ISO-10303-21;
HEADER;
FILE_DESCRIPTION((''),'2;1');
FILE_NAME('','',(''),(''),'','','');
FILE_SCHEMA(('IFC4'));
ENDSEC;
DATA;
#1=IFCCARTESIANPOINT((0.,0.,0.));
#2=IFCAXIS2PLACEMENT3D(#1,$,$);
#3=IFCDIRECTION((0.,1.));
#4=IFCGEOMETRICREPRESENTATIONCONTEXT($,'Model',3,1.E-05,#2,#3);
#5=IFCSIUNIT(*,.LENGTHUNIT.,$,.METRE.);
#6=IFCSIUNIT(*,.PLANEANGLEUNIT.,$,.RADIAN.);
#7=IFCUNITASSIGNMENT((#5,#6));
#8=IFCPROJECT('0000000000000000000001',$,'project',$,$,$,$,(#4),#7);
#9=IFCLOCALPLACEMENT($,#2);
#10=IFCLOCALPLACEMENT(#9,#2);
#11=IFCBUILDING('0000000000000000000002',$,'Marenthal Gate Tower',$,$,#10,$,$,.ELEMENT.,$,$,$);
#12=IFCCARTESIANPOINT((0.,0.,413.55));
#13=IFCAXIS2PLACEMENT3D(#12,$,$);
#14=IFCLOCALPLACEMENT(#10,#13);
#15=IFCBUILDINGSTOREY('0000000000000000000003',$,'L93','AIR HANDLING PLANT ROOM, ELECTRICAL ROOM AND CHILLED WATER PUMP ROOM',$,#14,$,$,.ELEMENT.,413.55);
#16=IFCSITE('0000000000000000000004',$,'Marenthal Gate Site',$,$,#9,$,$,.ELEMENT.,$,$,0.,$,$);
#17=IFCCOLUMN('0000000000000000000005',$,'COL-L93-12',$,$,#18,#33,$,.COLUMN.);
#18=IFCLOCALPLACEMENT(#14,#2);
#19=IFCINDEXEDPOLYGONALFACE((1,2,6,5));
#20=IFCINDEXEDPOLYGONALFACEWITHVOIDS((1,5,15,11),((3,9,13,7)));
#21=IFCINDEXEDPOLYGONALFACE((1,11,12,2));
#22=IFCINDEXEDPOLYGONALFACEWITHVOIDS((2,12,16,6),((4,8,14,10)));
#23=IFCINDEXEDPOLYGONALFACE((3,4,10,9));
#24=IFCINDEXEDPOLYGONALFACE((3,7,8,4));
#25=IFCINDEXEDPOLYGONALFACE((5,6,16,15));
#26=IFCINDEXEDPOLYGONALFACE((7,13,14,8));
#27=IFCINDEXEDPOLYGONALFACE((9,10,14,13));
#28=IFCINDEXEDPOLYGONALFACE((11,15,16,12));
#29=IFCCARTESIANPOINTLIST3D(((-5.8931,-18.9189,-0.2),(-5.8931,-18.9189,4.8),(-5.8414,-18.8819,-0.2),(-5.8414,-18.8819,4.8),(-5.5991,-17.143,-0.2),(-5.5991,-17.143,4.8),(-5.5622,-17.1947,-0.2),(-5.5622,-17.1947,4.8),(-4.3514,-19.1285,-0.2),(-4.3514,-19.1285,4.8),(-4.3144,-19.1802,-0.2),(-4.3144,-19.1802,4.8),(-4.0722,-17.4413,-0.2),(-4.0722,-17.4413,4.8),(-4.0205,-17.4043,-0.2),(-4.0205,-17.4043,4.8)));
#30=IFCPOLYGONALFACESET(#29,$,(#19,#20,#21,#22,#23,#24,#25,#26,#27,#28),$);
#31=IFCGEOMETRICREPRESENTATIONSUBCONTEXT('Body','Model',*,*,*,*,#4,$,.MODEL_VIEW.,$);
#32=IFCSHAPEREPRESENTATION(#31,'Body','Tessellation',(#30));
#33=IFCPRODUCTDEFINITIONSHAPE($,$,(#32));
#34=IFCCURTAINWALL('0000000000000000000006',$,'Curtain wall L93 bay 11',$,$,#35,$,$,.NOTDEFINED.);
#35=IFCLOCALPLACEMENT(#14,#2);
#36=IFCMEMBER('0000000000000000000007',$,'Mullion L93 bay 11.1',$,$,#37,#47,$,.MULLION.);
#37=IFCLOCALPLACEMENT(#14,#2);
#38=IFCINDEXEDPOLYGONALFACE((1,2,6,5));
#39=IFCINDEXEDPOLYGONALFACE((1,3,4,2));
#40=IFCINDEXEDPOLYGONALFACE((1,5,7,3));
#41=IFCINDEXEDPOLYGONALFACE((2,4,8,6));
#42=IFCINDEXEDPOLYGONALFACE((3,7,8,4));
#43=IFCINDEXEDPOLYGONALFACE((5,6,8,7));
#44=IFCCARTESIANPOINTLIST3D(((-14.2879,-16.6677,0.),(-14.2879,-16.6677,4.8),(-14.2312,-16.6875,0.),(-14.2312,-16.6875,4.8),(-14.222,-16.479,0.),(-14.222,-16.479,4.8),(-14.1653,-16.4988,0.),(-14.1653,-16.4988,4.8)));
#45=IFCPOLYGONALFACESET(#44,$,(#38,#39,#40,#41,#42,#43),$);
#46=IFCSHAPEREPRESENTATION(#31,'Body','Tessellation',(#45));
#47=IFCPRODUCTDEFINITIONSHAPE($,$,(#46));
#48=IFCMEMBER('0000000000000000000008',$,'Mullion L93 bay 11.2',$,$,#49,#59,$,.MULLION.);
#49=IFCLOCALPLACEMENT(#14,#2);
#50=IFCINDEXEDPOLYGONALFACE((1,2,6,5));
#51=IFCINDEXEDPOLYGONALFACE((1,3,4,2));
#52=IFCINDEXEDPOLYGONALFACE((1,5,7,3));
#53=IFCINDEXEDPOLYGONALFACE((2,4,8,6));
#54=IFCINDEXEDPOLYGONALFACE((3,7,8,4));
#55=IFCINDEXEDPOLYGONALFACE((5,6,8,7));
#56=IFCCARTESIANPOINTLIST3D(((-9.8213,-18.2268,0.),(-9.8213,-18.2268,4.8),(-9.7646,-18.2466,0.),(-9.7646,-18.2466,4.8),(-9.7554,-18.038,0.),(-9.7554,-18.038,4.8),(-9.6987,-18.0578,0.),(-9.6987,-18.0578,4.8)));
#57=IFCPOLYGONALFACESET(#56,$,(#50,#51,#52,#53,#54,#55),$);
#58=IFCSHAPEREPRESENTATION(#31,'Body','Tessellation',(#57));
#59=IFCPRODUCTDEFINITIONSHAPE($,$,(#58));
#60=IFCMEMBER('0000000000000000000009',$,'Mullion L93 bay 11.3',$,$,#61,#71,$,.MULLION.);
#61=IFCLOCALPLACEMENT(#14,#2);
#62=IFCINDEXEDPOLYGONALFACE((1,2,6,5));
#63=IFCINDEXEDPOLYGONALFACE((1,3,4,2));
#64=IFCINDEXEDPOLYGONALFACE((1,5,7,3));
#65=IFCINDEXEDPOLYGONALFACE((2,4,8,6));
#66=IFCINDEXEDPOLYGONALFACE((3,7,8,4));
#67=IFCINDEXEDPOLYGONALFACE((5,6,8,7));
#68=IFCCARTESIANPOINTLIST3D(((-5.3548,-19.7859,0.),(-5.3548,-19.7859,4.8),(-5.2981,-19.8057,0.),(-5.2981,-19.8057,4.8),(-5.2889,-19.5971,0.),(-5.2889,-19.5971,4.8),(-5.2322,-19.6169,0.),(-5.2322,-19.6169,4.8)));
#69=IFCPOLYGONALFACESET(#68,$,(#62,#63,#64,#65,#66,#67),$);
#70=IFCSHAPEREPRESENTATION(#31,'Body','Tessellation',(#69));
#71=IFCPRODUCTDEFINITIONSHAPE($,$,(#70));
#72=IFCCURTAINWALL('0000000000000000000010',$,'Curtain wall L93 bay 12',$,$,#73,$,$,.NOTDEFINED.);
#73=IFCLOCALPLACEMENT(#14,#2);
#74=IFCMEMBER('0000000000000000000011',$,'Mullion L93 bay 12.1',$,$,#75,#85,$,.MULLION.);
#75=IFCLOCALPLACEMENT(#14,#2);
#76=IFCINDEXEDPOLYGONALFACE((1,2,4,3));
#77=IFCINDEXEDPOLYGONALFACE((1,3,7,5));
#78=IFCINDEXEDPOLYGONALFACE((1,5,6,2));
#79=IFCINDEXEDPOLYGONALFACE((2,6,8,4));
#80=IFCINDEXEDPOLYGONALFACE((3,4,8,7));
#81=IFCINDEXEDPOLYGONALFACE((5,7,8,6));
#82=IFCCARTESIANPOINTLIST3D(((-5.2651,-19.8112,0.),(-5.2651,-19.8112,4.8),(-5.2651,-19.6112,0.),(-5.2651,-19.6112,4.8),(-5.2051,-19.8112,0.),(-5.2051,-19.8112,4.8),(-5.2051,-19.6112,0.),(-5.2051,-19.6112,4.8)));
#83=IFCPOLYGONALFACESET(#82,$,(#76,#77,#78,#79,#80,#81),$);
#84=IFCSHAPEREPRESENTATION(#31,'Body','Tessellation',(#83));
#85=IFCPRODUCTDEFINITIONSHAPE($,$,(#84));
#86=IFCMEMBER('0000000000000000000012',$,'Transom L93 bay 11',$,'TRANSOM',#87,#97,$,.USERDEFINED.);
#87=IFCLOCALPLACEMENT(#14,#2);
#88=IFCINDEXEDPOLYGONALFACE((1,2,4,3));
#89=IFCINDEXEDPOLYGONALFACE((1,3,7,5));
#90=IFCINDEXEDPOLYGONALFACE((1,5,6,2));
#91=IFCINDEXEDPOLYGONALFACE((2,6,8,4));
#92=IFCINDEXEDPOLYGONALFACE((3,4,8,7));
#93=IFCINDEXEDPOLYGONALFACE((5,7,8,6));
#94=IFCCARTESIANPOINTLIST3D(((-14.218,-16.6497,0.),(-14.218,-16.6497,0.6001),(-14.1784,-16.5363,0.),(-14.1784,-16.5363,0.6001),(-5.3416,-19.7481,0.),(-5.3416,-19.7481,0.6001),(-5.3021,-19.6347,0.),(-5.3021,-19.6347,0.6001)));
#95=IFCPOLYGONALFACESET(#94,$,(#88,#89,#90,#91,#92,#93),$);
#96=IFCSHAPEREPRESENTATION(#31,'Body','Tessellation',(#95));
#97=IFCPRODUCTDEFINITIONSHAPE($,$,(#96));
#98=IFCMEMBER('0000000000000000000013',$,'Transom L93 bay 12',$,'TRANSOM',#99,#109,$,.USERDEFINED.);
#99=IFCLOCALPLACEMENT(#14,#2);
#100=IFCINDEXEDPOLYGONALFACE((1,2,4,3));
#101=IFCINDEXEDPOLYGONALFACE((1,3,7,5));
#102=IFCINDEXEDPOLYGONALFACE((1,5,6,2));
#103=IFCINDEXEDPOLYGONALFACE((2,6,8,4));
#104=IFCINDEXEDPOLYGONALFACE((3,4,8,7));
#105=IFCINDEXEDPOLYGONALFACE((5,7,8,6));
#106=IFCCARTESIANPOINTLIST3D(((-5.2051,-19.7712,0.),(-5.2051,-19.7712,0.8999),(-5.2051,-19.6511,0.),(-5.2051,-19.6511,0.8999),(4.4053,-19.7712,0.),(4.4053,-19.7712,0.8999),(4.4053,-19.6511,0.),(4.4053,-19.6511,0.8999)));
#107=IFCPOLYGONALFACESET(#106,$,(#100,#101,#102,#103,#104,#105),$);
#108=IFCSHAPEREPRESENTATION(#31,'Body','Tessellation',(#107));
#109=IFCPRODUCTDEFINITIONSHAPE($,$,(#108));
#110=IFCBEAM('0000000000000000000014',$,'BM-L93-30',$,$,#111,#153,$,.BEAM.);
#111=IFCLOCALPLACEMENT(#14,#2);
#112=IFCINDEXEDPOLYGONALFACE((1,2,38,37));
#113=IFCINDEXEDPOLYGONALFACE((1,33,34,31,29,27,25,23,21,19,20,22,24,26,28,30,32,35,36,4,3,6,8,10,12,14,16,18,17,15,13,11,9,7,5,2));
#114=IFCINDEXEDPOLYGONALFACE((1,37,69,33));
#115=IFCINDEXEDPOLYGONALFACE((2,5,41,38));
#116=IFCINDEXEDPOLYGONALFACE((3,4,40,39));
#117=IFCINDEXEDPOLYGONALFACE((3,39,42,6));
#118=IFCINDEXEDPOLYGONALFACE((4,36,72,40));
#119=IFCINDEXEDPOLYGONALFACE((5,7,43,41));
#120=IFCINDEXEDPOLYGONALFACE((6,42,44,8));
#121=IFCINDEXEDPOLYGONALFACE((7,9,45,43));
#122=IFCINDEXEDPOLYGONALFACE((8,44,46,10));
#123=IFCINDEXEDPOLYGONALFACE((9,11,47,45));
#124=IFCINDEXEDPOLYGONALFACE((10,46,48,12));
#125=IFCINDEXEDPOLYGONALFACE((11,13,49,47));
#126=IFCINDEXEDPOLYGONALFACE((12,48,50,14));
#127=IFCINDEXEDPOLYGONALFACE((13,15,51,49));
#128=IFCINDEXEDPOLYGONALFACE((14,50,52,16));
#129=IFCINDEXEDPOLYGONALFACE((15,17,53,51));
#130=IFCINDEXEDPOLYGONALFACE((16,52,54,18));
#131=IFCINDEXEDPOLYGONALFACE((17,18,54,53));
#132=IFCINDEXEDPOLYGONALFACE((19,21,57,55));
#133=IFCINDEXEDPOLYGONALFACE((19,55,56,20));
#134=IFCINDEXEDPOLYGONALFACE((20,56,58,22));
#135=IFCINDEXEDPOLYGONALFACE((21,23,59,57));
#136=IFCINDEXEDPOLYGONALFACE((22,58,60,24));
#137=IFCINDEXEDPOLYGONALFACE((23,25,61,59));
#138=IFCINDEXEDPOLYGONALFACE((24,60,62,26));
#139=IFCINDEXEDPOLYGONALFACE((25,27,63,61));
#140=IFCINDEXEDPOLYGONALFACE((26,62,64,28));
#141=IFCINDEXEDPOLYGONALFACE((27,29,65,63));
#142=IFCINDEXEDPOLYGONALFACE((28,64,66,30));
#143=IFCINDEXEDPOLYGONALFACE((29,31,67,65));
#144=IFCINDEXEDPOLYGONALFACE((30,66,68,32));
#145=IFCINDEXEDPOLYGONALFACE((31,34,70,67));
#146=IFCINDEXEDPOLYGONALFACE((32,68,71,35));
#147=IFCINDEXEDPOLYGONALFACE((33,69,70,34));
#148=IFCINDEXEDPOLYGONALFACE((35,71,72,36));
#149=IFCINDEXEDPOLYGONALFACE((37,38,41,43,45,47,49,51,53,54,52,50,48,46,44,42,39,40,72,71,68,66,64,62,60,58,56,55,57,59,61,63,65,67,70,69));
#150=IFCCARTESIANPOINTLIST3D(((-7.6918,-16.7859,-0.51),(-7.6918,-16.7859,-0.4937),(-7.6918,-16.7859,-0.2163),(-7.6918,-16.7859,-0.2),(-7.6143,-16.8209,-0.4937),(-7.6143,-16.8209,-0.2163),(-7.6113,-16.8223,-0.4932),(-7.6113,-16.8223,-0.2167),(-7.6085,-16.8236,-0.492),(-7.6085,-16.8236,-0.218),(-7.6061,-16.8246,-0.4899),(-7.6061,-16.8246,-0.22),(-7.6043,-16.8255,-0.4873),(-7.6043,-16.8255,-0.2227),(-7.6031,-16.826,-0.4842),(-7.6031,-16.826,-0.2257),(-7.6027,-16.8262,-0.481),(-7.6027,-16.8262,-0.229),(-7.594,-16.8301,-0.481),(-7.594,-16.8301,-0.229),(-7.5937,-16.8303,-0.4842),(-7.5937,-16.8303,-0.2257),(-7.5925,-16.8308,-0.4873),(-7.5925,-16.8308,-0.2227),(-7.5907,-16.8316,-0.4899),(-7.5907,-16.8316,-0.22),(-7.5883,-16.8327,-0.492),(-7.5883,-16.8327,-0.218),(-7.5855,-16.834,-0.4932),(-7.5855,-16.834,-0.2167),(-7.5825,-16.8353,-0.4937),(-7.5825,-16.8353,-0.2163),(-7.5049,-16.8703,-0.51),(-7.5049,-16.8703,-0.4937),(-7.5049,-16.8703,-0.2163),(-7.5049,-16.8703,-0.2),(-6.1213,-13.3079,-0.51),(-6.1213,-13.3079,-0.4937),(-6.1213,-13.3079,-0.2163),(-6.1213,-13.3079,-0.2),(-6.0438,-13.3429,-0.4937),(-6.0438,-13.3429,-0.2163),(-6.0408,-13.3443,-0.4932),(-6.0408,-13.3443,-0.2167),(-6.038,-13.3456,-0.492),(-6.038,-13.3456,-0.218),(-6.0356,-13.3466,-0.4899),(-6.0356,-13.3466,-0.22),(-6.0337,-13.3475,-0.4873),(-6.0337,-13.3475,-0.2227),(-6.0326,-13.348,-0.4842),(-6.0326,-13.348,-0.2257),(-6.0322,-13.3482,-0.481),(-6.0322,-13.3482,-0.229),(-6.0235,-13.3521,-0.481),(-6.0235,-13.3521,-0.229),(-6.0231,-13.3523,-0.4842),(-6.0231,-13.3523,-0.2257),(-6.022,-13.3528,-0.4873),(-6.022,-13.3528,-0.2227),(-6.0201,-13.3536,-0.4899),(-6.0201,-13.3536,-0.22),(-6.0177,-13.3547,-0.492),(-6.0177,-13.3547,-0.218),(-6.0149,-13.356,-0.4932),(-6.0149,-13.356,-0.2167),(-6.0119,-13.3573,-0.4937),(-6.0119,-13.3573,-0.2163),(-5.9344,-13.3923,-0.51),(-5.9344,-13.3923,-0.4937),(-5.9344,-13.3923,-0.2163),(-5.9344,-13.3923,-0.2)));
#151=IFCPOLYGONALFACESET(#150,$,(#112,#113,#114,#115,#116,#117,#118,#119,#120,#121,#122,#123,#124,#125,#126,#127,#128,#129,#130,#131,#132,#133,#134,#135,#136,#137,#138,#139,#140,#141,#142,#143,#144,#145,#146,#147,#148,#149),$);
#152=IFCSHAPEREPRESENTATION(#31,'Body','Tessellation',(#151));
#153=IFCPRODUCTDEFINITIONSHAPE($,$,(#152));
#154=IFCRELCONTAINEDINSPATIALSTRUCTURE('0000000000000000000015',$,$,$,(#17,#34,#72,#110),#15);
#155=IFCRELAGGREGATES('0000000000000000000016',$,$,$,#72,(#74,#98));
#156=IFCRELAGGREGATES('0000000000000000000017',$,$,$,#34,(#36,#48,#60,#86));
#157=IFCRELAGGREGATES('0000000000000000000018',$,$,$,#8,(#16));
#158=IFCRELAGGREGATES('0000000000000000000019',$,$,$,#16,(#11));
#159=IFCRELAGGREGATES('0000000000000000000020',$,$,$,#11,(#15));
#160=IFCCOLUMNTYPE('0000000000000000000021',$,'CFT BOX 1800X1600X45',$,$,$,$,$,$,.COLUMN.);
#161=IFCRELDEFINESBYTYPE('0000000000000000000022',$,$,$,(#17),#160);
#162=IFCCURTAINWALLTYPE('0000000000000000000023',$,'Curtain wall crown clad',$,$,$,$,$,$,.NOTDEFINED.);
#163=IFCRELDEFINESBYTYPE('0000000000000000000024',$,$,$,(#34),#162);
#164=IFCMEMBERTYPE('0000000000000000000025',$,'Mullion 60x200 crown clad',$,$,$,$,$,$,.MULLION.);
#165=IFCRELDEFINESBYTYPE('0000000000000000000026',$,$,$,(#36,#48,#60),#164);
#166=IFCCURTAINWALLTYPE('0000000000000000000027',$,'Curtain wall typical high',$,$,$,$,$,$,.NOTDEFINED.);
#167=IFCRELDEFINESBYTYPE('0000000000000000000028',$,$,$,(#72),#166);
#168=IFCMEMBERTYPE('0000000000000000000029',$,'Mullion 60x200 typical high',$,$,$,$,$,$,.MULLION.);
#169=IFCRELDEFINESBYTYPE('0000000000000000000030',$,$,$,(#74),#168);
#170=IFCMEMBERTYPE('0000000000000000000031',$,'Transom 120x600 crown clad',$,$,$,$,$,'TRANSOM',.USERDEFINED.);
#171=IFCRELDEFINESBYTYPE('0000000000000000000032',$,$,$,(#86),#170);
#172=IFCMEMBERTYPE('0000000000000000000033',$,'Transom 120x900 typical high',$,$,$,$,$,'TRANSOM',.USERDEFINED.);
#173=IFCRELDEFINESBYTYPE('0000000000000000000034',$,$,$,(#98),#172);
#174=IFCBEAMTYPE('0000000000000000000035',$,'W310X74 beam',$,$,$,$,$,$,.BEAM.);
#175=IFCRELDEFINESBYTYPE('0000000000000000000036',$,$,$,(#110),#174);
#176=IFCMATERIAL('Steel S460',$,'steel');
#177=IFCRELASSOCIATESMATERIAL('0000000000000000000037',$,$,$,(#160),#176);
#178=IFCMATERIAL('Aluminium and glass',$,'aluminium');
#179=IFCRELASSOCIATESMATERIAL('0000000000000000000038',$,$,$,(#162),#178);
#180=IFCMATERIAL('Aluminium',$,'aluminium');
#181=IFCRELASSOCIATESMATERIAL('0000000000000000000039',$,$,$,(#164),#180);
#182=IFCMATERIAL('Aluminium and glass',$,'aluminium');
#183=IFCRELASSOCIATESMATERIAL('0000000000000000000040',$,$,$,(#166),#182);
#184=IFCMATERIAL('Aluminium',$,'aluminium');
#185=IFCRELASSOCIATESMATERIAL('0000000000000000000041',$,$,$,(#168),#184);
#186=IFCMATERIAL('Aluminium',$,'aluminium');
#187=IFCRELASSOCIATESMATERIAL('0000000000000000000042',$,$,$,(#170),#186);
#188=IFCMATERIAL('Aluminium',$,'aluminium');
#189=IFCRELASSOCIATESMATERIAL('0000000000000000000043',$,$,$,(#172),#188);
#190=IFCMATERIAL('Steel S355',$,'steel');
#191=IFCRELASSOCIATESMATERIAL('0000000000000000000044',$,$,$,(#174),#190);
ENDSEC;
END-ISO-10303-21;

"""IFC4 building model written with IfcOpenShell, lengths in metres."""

from ifc_helpers import new_model, si_unit, direction, frame, origin, origin_2d, place, context, subcontext, project, spatial, rectangle, hollow_rectangle, i_section, extrude, material, material_profile, profile_set, type_object, element, aggregate, save


model = new_model("IFC4")

# Units and contexts
model_context = context("Model", 3, precision=1e-05, world=origin(), true_north=direction((0.0, 1.0)))
body_context = subcontext(model_context, "Body", "Model", "MODEL_VIEW")
ifc_project = project(units=[si_unit("LENGTHUNIT", "METRE"), si_unit("PLANEANGLEUNIT", "RADIAN")], contexts=[model_context])

# Site, building, storey
site_placement = place(None, origin())
site = spatial("IfcSite", under=ifc_project, at=site_placement, Name="Marenthal Gate Site", CompositionType="ELEMENT", RefElevation=0.0)
building_placement = place(site_placement, origin())
building = spatial("IfcBuilding", under=site, at=building_placement, Name="Marenthal Gate Tower", CompositionType="ELEMENT")
storey_placement = place(building_placement, frame((0.0, 0.0, 413.55)))
storey = spatial("IfcBuildingStorey", under=building, at=storey_placement, Name="L93", Description="AIR HANDLING PLANT ROOM, ELECTRICAL ROOM AND CHILLED WATER PUMP ROOM", CompositionType="ELEMENT", Elevation=413.55)

# Column
ifc_material_1 = material(Name="Steel S460", Category="steel")
ifc_material_profile_1 = material_profile(ifc_material_1, hollow_rectangle(XDim=1.6001, YDim=1.8, WallThickness=0.0449, at=origin_2d()), Name="CFT BOX 1800X1600X45")
ifc_material_2 = material(Name="Concrete 70 MPa", Category="concrete")
ifc_material_profile_2 = material_profile(ifc_material_2, rectangle(XDim=1.51, YDim=1.71, at=origin_2d()), Name="CFT BOX 1800X1600X45 INFILL")
ifc_profile_set_1 = profile_set([ifc_material_profile_1, ifc_material_profile_2], Name="Steel S460 shell, Concrete 70 MPa infill")
column_type = type_object("IfcColumnType", Name="CFT BOX 1800X1600X45", PredefinedType="COLUMN", material=ifc_profile_set_1)
column_placement = place(storey_placement, frame((-4.9568, -18.1616, -0.2), z_axis=(0.0, 0.0, 1.0), x_axis=(-0.986579, 0.163283, 0.0)))
element("IfcColumn", 1, at=column_placement, inside=storey, type_object=column_type, Name="COL-L93-12", PredefinedType="COLUMN", context=body_context, shape_type="SweptSolid", body=[
    extrude(hollow_rectangle(XDim=1.6001, YDim=1.8, WallThickness=0.0449, at=origin_2d()), origin(), (0.0, 0.0, 1.0), 5.0),
])

# Curtain wall, members
ifc_material_3 = material(Name="Aluminium and glass", Category="aluminium")
curtain_wall_type_1 = type_object("IfcCurtainWallType", Name="Curtain wall crown clad", PredefinedType="NOTDEFINED", material=ifc_material_3)
curtain_wall_1_placement = place(storey_placement, origin())
curtain_wall_1 = element("IfcCurtainWall", 2, at=curtain_wall_1_placement, inside=storey, type_object=curtain_wall_type_1, Name="Curtain wall L93 bay 11", PredefinedType="NOTDEFINED")
ifc_material_4 = material(Name="Aluminium", Category="aluminium")
ifc_material_profile_3 = material_profile(ifc_material_4, rectangle(XDim=0.2, YDim=0.0601, at=origin_2d()), Name="60x200 aluminium mullion")
ifc_profile_set_2 = profile_set([ifc_material_profile_3], Name="Aluminium")
member_type_1 = type_object("IfcMemberType", Name="Mullion 60x200 crown clad", PredefinedType="MULLION", material=ifc_profile_set_2)
member_1_placement = place(storey_placement, frame((-14.2266, -16.5833, 0.0), z_axis=(0.0, 0.0, 1.0), x_axis=(0.329559, 0.944135, 0.0)))
member_1 = element("IfcMember", 3, at=member_1_placement, type_object=member_type_1, Name="Mullion L93 bay 11.1", PredefinedType="MULLION", context=body_context, shape_type="SweptSolid", body=[
    extrude(rectangle(XDim=0.2, YDim=0.0601, at=origin_2d()), origin(), (0.0, 0.0, 1.0), 4.8),
])
member_2_placement = place(storey_placement, frame((-9.76, -18.1423, 0.0), z_axis=(0.0, 0.0, 1.0), x_axis=(0.329559, 0.944135, 0.0)))
member_2 = element("IfcMember", 4, at=member_2_placement, type_object=member_type_1, Name="Mullion L93 bay 11.2", PredefinedType="MULLION", context=body_context, shape_type="SweptSolid", body=[
    extrude(rectangle(XDim=0.2, YDim=0.0601, at=origin_2d()), origin(), (0.0, 0.0, 1.0), 4.8),
])
member_3_placement = place(storey_placement, frame((-5.2935, -19.7014, 0.0), z_axis=(0.0, 0.0, 1.0), x_axis=(0.329559, 0.944135, 0.0)))
member_3 = element("IfcMember", 5, at=member_3_placement, type_object=member_type_1, Name="Mullion L93 bay 11.3", PredefinedType="MULLION", context=body_context, shape_type="SweptSolid", body=[
    extrude(rectangle(XDim=0.2, YDim=0.0601, at=origin_2d()), origin(), (0.0, 0.0, 1.0), 4.8),
])

# Curtain wall, member
ifc_material_5 = material(Name="Aluminium and glass", Category="aluminium")
curtain_wall_type_2 = type_object("IfcCurtainWallType", Name="Curtain wall typical high", PredefinedType="NOTDEFINED", material=ifc_material_5)
curtain_wall_2_placement = place(storey_placement, origin())
curtain_wall_2 = element("IfcCurtainWall", 6, at=curtain_wall_2_placement, inside=storey, type_object=curtain_wall_type_2, Name="Curtain wall L93 bay 12", PredefinedType="NOTDEFINED")
ifc_material_6 = material(Name="Aluminium", Category="aluminium")
ifc_material_profile_4 = material_profile(ifc_material_6, rectangle(XDim=0.2, YDim=0.0601, at=origin_2d()), Name="60x200 aluminium mullion")
ifc_profile_set_3 = profile_set([ifc_material_profile_4], Name="Aluminium")
member_type_2 = type_object("IfcMemberType", Name="Mullion 60x200 typical high", PredefinedType="MULLION", material=ifc_profile_set_3)
member_4_placement = place(storey_placement, frame((-5.2351, -19.7112, 0.0), z_axis=(0.0, 0.0, 1.0), x_axis=(0.0, 1.0, 0.0)))
member_4 = element("IfcMember", 7, at=member_4_placement, type_object=member_type_2, Name="Mullion L93 bay 12.1", PredefinedType="MULLION", context=body_context, shape_type="SweptSolid", body=[
    extrude(rectangle(XDim=0.2, YDim=0.0601, at=origin_2d()), origin(), (0.0, 0.0, 1.0), 4.8),
])

# Members
ifc_material_7 = material(Name="Aluminium", Category="aluminium")
ifc_material_profile_5 = material_profile(ifc_material_7, rectangle(XDim=0.1201, YDim=0.6001, at=origin_2d()), Name="120x600 aluminium transom")
ifc_profile_set_4 = profile_set([ifc_material_profile_5], Name="Aluminium")
member_type_3 = type_object("IfcMemberType", Name="Transom 120x600 crown clad", ElementType="TRANSOM", PredefinedType="USERDEFINED", material=ifc_profile_set_4)
member_5_placement = place(storey_placement, frame((-14.1982, -16.593, 0.3), z_axis=(0.944136, -0.329557, 0.0), x_axis=(0.329557, 0.944136, 0.0)))
member_5 = element("IfcMember", 8, at=member_5_placement, type_object=member_type_3, Name="Transom L93 bay 11", ObjectType="TRANSOM", PredefinedType="USERDEFINED", context=body_context, shape_type="SweptSolid", body=[
    extrude(rectangle(XDim=0.1201, YDim=0.6001, at=origin_2d()), origin(), (0.0, 0.0, 1.0), 9.4016),
])
ifc_material_8 = material(Name="Aluminium", Category="aluminium")
ifc_material_profile_6 = material_profile(ifc_material_8, rectangle(XDim=0.1201, YDim=0.8999, at=origin_2d()), Name="120x900 aluminium transom")
ifc_profile_set_5 = profile_set([ifc_material_profile_6], Name="Aluminium")
member_type_4 = type_object("IfcMemberType", Name="Transom 120x900 typical high", ElementType="TRANSOM", PredefinedType="USERDEFINED", material=ifc_profile_set_5)
member_6_placement = place(storey_placement, frame((-5.2051, -19.7112, 0.45), z_axis=(1.0, 0.0, 0.0), x_axis=(0.0, 1.0, 0.0)))
member_6 = element("IfcMember", 9, at=member_6_placement, type_object=member_type_4, Name="Transom L93 bay 12", ObjectType="TRANSOM", PredefinedType="USERDEFINED", context=body_context, shape_type="SweptSolid", body=[
    extrude(rectangle(XDim=0.1201, YDim=0.8999, at=origin_2d()), origin(), (0.0, 0.0, 1.0), 9.6104),
])

# Beam
ifc_material_9 = material(Name="Steel S355", Category="steel")
ifc_material_profile_7 = material_profile(ifc_material_9, i_section(OverallWidth=0.2051, OverallDepth=0.3101, WebThickness=0.0095, FlangeThickness=0.0164, FilletRadius=0.0127, at=origin_2d()), Name="W310X74")
ifc_profile_set_6 = profile_set([ifc_material_profile_7], Name="Steel S355")
beam_type_1 = type_object("IfcBeamType", Name="W310X74 beam", PredefinedType="BEAM", material=ifc_profile_set_6)
beam_1_placement = place(storey_placement, frame((-7.5984, -16.8281, -0.355), z_axis=(0.411551, 0.911387, 0.0), x_axis=(-0.911387, 0.411551, 0.0)))
element("IfcBeam", 10, at=beam_1_placement, inside=storey, type_object=beam_type_1, Name="BM-L93-30", PredefinedType="BEAM", context=body_context, shape_type="SweptSolid", body=[
    extrude(i_section(OverallWidth=0.2051, OverallDepth=0.3101, WebThickness=0.0095, FlangeThickness=0.0164, FilletRadius=0.0127, at=origin_2d()), origin(), (0.0, 0.0, 1.0), 3.8162),
])

aggregate(curtain_wall_2, [member_4, member_6])
aggregate(curtain_wall_1, [member_1, member_2, member_3, member_5])

save(model, "model.ifc")
